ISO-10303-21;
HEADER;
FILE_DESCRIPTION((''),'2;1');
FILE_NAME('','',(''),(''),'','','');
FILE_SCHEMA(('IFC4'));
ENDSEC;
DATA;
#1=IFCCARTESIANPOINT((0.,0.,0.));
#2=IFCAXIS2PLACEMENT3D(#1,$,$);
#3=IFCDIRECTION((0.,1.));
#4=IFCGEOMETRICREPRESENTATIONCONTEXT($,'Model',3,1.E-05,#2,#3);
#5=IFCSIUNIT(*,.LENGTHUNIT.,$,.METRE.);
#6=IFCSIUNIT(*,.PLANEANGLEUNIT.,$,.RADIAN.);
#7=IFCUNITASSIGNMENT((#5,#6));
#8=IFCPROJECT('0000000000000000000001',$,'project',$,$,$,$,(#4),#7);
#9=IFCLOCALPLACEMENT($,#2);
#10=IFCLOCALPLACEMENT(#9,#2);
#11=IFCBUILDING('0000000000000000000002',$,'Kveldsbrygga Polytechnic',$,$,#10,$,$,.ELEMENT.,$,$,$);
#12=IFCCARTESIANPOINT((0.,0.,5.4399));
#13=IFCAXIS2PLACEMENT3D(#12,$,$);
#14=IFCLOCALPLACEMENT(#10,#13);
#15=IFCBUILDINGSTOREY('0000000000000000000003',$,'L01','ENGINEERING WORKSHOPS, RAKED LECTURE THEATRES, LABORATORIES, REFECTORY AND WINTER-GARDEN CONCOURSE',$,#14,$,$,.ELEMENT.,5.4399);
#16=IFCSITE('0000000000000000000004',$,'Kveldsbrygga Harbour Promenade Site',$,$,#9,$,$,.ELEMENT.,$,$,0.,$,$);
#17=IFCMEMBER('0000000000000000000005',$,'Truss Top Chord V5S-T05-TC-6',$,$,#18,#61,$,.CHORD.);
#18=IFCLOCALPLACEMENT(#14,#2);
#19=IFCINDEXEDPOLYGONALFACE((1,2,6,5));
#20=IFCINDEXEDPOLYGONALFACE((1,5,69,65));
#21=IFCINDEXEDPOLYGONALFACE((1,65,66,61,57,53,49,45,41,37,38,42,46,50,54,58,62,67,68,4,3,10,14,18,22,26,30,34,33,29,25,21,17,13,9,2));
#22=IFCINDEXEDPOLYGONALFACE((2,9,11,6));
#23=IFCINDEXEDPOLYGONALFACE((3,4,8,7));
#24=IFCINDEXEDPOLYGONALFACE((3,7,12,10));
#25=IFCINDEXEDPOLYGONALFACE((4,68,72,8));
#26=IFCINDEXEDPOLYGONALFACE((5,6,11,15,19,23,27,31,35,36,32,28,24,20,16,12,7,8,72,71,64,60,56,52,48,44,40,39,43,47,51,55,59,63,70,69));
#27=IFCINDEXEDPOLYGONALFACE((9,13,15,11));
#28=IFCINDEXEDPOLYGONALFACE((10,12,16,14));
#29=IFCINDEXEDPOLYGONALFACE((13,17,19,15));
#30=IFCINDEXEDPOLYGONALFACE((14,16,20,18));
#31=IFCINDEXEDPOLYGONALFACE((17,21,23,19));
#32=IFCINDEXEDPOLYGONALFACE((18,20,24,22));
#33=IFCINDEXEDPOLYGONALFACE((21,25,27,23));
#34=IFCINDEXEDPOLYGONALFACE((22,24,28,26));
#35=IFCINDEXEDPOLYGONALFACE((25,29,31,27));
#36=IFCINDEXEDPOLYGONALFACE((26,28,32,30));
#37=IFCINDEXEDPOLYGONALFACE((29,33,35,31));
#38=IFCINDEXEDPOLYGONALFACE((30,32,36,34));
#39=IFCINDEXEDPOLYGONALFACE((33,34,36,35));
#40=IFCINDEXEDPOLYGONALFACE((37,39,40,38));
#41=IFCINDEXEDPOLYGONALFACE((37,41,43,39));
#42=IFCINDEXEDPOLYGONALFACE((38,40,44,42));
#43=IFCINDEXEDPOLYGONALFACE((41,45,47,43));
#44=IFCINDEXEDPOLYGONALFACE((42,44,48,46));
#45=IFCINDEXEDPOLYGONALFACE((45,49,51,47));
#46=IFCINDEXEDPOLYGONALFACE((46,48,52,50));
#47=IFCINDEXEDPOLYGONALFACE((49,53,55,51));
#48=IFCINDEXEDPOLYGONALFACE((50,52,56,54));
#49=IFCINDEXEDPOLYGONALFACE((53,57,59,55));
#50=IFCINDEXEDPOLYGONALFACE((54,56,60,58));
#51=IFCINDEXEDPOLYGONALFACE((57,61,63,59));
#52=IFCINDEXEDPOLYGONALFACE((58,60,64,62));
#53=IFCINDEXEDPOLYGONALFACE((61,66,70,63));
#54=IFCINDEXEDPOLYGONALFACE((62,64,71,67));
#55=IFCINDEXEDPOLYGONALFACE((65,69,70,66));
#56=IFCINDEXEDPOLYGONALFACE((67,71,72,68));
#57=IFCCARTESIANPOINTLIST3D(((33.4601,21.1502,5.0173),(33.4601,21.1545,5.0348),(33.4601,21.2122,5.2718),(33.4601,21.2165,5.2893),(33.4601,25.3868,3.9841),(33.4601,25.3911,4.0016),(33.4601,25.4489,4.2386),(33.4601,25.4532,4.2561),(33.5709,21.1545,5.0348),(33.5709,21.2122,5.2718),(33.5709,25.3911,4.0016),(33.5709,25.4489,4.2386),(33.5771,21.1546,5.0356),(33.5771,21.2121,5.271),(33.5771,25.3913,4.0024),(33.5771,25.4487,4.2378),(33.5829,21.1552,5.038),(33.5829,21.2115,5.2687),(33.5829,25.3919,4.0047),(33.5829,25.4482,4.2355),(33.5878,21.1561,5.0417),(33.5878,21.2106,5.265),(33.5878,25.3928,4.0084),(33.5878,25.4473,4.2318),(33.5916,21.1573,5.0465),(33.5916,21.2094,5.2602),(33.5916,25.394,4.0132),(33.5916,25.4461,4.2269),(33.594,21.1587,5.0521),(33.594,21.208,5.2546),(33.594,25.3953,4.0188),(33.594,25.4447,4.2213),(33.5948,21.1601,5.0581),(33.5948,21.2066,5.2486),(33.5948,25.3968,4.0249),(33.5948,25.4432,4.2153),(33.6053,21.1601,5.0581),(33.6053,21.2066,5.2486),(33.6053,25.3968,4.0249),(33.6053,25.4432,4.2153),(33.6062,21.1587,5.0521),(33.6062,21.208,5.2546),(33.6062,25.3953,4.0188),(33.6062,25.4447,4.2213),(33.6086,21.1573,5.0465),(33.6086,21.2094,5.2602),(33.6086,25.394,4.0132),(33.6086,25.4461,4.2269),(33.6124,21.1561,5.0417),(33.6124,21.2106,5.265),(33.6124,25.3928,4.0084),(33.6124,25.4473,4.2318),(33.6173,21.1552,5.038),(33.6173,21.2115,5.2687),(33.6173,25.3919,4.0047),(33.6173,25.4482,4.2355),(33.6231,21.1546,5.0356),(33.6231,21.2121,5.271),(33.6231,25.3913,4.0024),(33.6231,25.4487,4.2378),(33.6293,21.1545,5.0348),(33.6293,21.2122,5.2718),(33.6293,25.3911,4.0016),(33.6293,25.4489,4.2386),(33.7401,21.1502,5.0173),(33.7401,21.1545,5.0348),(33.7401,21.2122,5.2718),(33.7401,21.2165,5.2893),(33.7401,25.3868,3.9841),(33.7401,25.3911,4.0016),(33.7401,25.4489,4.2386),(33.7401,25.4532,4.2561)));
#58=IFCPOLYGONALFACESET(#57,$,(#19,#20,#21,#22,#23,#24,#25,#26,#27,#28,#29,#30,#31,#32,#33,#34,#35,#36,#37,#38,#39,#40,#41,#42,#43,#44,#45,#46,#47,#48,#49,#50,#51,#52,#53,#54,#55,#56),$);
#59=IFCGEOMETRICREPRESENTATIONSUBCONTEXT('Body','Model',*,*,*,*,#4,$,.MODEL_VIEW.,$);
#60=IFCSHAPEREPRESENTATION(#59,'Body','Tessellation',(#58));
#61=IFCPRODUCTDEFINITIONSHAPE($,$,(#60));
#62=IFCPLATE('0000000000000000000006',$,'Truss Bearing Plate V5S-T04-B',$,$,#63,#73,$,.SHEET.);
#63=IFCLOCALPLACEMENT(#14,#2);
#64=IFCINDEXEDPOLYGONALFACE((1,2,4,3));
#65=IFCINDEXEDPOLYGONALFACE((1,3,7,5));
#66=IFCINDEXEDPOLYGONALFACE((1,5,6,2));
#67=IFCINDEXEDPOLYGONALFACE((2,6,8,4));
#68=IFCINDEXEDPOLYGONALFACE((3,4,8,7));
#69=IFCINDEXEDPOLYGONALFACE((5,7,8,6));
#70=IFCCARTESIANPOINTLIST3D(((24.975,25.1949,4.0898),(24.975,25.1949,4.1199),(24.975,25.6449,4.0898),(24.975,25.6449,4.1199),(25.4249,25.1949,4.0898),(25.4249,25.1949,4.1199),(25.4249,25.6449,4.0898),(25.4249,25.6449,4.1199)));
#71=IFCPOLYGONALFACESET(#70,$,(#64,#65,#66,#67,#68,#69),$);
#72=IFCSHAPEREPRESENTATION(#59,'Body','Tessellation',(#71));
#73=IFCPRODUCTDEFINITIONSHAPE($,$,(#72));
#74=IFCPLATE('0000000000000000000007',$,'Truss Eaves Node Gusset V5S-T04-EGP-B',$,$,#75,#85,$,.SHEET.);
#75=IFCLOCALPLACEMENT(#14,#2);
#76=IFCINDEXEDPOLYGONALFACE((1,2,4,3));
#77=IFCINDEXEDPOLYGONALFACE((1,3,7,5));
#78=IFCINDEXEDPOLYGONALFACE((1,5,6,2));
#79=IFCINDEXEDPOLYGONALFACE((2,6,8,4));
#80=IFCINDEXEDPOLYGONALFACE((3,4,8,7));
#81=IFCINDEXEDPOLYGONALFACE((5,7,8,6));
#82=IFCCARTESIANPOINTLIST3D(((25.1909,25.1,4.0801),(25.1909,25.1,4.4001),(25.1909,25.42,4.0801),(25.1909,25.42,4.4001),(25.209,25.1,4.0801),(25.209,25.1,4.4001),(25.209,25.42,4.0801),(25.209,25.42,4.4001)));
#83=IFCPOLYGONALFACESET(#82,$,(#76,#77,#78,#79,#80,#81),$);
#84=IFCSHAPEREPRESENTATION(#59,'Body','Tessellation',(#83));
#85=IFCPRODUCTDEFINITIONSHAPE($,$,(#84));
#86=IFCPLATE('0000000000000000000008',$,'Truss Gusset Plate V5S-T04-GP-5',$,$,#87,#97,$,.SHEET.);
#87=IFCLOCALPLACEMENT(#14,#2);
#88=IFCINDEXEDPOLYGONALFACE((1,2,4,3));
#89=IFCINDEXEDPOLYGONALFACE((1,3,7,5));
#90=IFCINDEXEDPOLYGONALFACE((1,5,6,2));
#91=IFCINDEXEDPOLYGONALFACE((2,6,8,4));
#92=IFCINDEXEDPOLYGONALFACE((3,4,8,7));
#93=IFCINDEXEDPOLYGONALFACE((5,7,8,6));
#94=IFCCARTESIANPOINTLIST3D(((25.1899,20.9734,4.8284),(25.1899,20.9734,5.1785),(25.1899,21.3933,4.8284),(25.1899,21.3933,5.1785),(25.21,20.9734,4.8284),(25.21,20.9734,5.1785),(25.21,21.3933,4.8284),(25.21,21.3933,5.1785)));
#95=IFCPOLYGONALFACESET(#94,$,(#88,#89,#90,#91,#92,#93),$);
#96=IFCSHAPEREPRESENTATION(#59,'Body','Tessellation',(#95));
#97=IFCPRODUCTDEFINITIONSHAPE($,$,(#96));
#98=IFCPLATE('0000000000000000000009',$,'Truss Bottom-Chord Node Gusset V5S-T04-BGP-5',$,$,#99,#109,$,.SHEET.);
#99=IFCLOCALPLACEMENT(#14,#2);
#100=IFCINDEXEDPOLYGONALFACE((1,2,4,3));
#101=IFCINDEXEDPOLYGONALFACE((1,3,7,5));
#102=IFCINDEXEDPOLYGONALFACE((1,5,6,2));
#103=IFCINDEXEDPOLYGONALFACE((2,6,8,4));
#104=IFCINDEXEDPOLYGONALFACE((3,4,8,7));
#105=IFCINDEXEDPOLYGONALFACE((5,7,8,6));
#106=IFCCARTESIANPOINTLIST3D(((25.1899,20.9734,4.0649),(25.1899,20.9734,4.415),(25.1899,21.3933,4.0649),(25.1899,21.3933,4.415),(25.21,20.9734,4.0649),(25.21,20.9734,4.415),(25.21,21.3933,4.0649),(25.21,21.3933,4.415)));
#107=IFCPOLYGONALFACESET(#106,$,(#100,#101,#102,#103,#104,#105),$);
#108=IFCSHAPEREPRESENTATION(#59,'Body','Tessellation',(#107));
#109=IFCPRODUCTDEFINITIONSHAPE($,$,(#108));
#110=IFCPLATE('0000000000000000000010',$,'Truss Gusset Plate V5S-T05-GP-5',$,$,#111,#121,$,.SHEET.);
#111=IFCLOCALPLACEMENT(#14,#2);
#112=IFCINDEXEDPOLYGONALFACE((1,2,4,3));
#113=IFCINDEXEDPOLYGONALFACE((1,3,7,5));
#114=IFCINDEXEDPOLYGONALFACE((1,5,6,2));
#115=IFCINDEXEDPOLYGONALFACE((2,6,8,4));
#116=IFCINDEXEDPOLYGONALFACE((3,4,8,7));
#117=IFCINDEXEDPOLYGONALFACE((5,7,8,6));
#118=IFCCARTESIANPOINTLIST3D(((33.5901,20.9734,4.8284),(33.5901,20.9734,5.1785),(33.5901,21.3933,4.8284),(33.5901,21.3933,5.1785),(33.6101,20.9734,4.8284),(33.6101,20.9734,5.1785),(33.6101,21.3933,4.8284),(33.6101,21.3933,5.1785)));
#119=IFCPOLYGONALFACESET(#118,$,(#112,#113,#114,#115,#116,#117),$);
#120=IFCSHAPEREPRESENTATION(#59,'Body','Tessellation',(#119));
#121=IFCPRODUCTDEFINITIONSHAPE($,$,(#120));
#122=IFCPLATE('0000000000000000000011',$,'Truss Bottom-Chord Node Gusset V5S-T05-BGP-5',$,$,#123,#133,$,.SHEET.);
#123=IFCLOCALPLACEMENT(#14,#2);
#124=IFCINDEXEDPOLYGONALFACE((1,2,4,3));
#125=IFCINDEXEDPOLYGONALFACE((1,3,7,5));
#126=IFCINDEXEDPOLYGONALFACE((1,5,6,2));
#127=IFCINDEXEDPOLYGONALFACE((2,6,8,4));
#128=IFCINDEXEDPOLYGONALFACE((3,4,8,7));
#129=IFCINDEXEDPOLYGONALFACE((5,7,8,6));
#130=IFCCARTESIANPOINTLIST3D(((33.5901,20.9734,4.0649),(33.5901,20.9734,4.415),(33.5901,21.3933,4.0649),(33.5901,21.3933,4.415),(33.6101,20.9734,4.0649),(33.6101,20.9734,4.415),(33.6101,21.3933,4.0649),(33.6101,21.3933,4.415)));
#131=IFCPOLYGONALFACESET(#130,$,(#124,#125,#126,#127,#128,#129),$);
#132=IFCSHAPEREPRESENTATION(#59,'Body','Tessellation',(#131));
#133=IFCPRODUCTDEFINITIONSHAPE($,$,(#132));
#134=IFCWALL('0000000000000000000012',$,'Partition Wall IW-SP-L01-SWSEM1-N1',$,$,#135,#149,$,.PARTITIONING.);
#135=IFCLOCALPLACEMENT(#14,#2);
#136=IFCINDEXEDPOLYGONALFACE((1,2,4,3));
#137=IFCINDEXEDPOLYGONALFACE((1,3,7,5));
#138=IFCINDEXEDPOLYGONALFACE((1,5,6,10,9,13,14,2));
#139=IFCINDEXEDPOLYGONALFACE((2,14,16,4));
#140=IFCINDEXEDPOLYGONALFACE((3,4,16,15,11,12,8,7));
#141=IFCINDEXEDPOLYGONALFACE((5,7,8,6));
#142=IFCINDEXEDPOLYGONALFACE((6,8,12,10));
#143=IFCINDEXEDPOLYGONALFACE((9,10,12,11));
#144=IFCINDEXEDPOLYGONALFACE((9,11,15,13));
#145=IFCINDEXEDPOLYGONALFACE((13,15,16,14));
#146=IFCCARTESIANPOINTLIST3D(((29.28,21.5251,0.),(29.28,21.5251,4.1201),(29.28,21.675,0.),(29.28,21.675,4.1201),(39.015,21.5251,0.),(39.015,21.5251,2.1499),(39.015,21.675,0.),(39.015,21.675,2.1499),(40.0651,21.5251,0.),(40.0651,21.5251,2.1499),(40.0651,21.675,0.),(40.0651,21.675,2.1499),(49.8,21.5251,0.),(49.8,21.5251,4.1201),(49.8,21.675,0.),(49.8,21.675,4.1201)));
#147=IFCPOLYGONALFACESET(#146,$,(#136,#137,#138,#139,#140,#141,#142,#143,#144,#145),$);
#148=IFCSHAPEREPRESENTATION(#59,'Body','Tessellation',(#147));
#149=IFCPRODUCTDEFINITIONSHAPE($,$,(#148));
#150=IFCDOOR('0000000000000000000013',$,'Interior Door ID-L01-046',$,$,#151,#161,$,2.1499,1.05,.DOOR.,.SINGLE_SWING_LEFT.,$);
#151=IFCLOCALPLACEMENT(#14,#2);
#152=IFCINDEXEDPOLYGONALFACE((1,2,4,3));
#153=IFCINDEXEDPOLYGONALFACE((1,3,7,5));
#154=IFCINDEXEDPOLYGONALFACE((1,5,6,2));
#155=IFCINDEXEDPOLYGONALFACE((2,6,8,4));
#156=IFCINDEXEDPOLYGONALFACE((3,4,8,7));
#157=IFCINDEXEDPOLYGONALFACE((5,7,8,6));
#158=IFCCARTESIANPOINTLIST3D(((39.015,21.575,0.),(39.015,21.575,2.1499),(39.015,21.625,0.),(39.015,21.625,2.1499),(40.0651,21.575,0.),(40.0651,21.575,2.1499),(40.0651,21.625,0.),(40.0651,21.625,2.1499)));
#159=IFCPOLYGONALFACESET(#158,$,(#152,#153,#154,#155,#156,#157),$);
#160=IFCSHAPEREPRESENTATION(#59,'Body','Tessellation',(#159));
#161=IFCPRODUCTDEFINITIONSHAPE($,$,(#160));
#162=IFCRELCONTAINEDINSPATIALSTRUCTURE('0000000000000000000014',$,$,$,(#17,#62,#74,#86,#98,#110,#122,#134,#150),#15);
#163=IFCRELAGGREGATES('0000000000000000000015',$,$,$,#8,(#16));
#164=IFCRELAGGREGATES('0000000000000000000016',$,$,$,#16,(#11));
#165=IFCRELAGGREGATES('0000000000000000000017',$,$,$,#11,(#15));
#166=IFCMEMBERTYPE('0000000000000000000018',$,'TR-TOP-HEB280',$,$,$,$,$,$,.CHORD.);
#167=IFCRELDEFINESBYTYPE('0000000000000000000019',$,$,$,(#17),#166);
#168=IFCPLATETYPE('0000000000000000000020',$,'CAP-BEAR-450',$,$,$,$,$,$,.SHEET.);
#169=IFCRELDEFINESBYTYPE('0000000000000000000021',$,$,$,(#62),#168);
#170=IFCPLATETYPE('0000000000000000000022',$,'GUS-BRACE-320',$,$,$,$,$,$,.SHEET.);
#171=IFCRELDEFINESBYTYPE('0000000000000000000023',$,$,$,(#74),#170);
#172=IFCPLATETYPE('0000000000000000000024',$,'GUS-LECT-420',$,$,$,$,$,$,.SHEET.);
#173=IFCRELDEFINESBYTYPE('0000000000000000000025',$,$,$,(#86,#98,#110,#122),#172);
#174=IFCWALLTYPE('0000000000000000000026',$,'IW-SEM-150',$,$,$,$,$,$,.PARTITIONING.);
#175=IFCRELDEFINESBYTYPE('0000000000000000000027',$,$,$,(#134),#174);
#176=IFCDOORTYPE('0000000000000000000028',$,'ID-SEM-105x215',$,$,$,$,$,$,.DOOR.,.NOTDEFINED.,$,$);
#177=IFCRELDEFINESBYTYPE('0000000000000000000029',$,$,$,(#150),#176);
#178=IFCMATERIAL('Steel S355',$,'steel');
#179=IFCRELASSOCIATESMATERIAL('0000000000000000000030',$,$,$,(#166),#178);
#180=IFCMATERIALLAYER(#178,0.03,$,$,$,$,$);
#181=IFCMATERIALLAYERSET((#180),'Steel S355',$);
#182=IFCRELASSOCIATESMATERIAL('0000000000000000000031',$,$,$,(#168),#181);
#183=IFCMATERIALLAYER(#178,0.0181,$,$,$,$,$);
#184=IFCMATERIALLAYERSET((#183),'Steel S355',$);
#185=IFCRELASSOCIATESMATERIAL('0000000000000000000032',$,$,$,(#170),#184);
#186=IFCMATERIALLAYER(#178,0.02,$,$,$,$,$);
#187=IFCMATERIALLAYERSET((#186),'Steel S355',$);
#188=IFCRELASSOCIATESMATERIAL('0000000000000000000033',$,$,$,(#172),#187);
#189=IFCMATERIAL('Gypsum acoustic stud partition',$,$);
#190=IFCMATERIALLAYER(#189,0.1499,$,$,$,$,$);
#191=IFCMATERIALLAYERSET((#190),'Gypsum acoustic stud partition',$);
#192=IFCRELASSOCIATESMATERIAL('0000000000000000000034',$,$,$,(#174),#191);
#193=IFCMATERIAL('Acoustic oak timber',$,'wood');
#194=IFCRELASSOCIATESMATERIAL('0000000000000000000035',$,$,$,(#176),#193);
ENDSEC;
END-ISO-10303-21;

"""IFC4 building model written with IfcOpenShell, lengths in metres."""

from ifc_helpers import new_model, si_unit, direction, frame, frame_2d, origin, origin_2d, place, context, subcontext, project, spatial, rectangle, i_section, extrude, material, layer, layer_set, material_profile, profile_set, type_object, element, fill, save


model = new_model("IFC4")

# Units and contexts
model_context = context("Model", 3, precision=1e-05, world=origin(), true_north=direction((0.0, 1.0)))
body_context = subcontext(model_context, "Body", "Model", "MODEL_VIEW")
ifc_project = project(units=[si_unit("LENGTHUNIT", "METRE"), si_unit("PLANEANGLEUNIT", "RADIAN")], contexts=[model_context])

# Site, building, storey
site_placement = place(None, origin())
site = spatial("IfcSite", under=ifc_project, at=site_placement, Name="Kveldsbrygga Harbour Promenade Site", CompositionType="ELEMENT", RefElevation=0.0)
building_placement = place(site_placement, origin())
building = spatial("IfcBuilding", under=site, at=building_placement, Name="Kveldsbrygga Polytechnic", CompositionType="ELEMENT")
storey_placement = place(building_placement, frame((0.0, 0.0, 5.4399)))
storey = spatial("IfcBuildingStorey", under=building, at=storey_placement, Name="L01", Description="ENGINEERING WORKSHOPS, RAKED LECTURE THEATRES, LABORATORIES, REFECTORY AND WINTER-GARDEN CONCOURSE", CompositionType="ELEMENT", Elevation=5.4399)

# Shared definitions
ifc_material_1 = material(Name="Steel S355", Category="steel")

# Member
ifc_material_profile_1 = material_profile(ifc_material_1, i_section(OverallWidth=0.28, OverallDepth=0.28, WebThickness=0.0105, FlangeThickness=0.0181, FilletRadius=0.0239, at=origin_2d()), Name="HEB 280")
ifc_profile_set_1 = profile_set([ifc_material_profile_1], Name="Steel S355")
member_type_1 = type_object("IfcMemberType", Name="TR-TOP-HEB280", PredefinedType="CHORD", material=ifc_profile_set_1)
for number, where, z_axis, x_axis, name in (
    (1, (33.6001, 21.1833, 5.1533), (0.0, 0.971526, -0.236933), (-1.0, 0.0, 0.0), "Truss Top Chord V5S-T05-TC-6"),
):
    element("IfcMember", number, at=place(storey_placement, frame(where, z_axis=z_axis, x_axis=x_axis)), inside=storey, type_object=member_type_1, Name=name, PredefinedType="CHORD", context=body_context, shape_type="SweptSolid", body=[
        extrude(i_section(OverallWidth=0.28, OverallDepth=0.28, WebThickness=0.0105, FlangeThickness=0.0181, FilletRadius=0.0239, at=origin_2d()), origin(), (0.0, 0.0, 1.0), 4.3608),
    ])

# Plates
ifc_layer_1 = layer(ifc_material_1, 0.03)
ifc_layer_set_1 = layer_set([ifc_layer_1], Name="Steel S355")
plate_type_1 = type_object("IfcPlateType", Name="CAP-BEAR-450", PredefinedType="SHEET", material=ifc_layer_set_1)
plate_1_placement = place(storey_placement, frame((25.2, 25.4199, 4.0898), z_axis=(0.0, 0.0, 1.0), x_axis=(1.0, 0.0, 0.0)))
element("IfcPlate", 2, at=plate_1_placement, inside=storey, type_object=plate_type_1, Name="Truss Bearing Plate V5S-T04-B", PredefinedType="SHEET", context=body_context, shape_type="SweptSolid", body=[
    extrude(rectangle(XDim=0.45, YDim=0.45, at=origin_2d()), origin(), (0.0, 0.0, 1.0), 0.03),
])
ifc_layer_2 = layer(ifc_material_1, 0.0181)
ifc_layer_set_2 = layer_set([ifc_layer_2], Name="Steel S355")
plate_type_2 = type_object("IfcPlateType", Name="GUS-BRACE-320", PredefinedType="SHEET", material=ifc_layer_set_2)
plate_2_placement = place(storey_placement, frame((25.2, 25.26, 4.0801), z_axis=(0.0, 0.0, 1.0), x_axis=(1.0, 0.0, 0.0)))
element("IfcPlate", 3, at=plate_2_placement, inside=storey, type_object=plate_type_2, Name="Truss Eaves Node Gusset V5S-T04-EGP-B", PredefinedType="SHEET", context=body_context, shape_type="SweptSolid", body=[
    extrude(rectangle(XDim=0.0181, YDim=0.3201, at=origin_2d()), origin(), (0.0, 0.0, 1.0), 0.3201),
])
ifc_layer_3 = layer(ifc_material_1, 0.02)
ifc_layer_set_3 = layer_set([ifc_layer_3], Name="Steel S355")
plate_type_3 = type_object("IfcPlateType", Name="GUS-LECT-420", PredefinedType="SHEET", material=ifc_layer_set_3)
for number, where, z_axis, x_axis, name in (
    (4, (25.2, 21.1833, 4.8284), (0.0, 0.0, 1.0), (1.0, 0.0, 0.0), "Truss Gusset Plate V5S-T04-GP-5"),
    (5, (25.2, 21.1833, 4.0649), (0.0, 0.0, 1.0), (1.0, 0.0, 0.0), "Truss Bottom-Chord Node Gusset V5S-T04-BGP-5"),
    (6, (33.6001, 21.1833, 4.8284), (0.0, 0.0, 1.0), (1.0, 0.0, 0.0), "Truss Gusset Plate V5S-T05-GP-5"),
    (7, (33.6001, 21.1833, 4.0649), (0.0, 0.0, 1.0), (1.0, 0.0, 0.0), "Truss Bottom-Chord Node Gusset V5S-T05-BGP-5"),
):
    element("IfcPlate", number, at=place(storey_placement, frame(where, z_axis=z_axis, x_axis=x_axis)), inside=storey, type_object=plate_type_3, Name=name, PredefinedType="SHEET", context=body_context, shape_type="SweptSolid", body=[
        extrude(rectangle(XDim=0.02, YDim=0.4199, at=origin_2d()), origin(), (0.0, 0.0, 1.0), 0.3501),
    ])

# Wall, opening, door
ifc_material_2 = material(Name="Gypsum acoustic stud partition")
ifc_layer_4 = layer(ifc_material_2, 0.1499)
ifc_layer_set_4 = layer_set([ifc_layer_4], Name="Gypsum acoustic stud partition")
wall_type = type_object("IfcWallType", Name="IW-SEM-150", PredefinedType="PARTITIONING", material=ifc_layer_set_4)
wall_placement = place(storey_placement, frame((29.28, 21.6001, 0.0), z_axis=(0.0, 0.0, 1.0), x_axis=(1.0, 0.0, 0.0)))
wall = element("IfcWall", 8, at=wall_placement, inside=storey, type_object=wall_type, Name="Partition Wall IW-SP-L01-SWSEM1-N1", PredefinedType="PARTITIONING", context=body_context, shape_type="SweptSolid", body=[
    extrude(rectangle(XDim=20.52, YDim=0.1499, at=frame_2d((10.26, 0.0))), origin(), (0.0, 0.0, 1.0), 4.1201),
])
opening_placement = place(wall_placement, frame((9.7351, 0.0, 0.0)))
opening = element("IfcOpeningElement", 9, at=opening_placement, cuts=wall, PredefinedType="OPENING", context=body_context, shape_type="SweptSolid", body=[
    extrude(rectangle(XDim=1.05, YDim=2.1499, at=frame_2d((0.5249, 1.075))), frame((0.0, 0.085, 0.0), z_axis=(0.0, -1.0, 0.0), x_axis=(1.0, 0.0, 0.0)), (0.0, 0.0, 1.0), 0.1699),
])
ifc_material_3 = material(Name="Acoustic oak timber", Category="wood")
door_type = type_object("IfcDoorType", Name="ID-SEM-105x215", OperationType="NOTDEFINED", PredefinedType="DOOR", material=ifc_material_3)
door_placement = place(opening_placement, origin())
door = element("IfcDoor", 10, at=door_placement, inside=storey, type_object=door_type, Name="Interior Door ID-L01-046", OperationType="SINGLE_SWING_LEFT", OverallHeight=2.1499, OverallWidth=1.05, PredefinedType="DOOR", context=body_context, shape_type="SweptSolid", body=[
    extrude(rectangle(XDim=1.05, YDim=2.1499, at=frame_2d((0.5249, 1.075))), frame((0.0, 0.0249, 0.0), z_axis=(0.0, -1.0, 0.0), x_axis=(1.0, 0.0, 0.0)), (0.0, 0.0, 1.0), 0.05),
])
fill(opening, door)

save(model, "model.ifc")
